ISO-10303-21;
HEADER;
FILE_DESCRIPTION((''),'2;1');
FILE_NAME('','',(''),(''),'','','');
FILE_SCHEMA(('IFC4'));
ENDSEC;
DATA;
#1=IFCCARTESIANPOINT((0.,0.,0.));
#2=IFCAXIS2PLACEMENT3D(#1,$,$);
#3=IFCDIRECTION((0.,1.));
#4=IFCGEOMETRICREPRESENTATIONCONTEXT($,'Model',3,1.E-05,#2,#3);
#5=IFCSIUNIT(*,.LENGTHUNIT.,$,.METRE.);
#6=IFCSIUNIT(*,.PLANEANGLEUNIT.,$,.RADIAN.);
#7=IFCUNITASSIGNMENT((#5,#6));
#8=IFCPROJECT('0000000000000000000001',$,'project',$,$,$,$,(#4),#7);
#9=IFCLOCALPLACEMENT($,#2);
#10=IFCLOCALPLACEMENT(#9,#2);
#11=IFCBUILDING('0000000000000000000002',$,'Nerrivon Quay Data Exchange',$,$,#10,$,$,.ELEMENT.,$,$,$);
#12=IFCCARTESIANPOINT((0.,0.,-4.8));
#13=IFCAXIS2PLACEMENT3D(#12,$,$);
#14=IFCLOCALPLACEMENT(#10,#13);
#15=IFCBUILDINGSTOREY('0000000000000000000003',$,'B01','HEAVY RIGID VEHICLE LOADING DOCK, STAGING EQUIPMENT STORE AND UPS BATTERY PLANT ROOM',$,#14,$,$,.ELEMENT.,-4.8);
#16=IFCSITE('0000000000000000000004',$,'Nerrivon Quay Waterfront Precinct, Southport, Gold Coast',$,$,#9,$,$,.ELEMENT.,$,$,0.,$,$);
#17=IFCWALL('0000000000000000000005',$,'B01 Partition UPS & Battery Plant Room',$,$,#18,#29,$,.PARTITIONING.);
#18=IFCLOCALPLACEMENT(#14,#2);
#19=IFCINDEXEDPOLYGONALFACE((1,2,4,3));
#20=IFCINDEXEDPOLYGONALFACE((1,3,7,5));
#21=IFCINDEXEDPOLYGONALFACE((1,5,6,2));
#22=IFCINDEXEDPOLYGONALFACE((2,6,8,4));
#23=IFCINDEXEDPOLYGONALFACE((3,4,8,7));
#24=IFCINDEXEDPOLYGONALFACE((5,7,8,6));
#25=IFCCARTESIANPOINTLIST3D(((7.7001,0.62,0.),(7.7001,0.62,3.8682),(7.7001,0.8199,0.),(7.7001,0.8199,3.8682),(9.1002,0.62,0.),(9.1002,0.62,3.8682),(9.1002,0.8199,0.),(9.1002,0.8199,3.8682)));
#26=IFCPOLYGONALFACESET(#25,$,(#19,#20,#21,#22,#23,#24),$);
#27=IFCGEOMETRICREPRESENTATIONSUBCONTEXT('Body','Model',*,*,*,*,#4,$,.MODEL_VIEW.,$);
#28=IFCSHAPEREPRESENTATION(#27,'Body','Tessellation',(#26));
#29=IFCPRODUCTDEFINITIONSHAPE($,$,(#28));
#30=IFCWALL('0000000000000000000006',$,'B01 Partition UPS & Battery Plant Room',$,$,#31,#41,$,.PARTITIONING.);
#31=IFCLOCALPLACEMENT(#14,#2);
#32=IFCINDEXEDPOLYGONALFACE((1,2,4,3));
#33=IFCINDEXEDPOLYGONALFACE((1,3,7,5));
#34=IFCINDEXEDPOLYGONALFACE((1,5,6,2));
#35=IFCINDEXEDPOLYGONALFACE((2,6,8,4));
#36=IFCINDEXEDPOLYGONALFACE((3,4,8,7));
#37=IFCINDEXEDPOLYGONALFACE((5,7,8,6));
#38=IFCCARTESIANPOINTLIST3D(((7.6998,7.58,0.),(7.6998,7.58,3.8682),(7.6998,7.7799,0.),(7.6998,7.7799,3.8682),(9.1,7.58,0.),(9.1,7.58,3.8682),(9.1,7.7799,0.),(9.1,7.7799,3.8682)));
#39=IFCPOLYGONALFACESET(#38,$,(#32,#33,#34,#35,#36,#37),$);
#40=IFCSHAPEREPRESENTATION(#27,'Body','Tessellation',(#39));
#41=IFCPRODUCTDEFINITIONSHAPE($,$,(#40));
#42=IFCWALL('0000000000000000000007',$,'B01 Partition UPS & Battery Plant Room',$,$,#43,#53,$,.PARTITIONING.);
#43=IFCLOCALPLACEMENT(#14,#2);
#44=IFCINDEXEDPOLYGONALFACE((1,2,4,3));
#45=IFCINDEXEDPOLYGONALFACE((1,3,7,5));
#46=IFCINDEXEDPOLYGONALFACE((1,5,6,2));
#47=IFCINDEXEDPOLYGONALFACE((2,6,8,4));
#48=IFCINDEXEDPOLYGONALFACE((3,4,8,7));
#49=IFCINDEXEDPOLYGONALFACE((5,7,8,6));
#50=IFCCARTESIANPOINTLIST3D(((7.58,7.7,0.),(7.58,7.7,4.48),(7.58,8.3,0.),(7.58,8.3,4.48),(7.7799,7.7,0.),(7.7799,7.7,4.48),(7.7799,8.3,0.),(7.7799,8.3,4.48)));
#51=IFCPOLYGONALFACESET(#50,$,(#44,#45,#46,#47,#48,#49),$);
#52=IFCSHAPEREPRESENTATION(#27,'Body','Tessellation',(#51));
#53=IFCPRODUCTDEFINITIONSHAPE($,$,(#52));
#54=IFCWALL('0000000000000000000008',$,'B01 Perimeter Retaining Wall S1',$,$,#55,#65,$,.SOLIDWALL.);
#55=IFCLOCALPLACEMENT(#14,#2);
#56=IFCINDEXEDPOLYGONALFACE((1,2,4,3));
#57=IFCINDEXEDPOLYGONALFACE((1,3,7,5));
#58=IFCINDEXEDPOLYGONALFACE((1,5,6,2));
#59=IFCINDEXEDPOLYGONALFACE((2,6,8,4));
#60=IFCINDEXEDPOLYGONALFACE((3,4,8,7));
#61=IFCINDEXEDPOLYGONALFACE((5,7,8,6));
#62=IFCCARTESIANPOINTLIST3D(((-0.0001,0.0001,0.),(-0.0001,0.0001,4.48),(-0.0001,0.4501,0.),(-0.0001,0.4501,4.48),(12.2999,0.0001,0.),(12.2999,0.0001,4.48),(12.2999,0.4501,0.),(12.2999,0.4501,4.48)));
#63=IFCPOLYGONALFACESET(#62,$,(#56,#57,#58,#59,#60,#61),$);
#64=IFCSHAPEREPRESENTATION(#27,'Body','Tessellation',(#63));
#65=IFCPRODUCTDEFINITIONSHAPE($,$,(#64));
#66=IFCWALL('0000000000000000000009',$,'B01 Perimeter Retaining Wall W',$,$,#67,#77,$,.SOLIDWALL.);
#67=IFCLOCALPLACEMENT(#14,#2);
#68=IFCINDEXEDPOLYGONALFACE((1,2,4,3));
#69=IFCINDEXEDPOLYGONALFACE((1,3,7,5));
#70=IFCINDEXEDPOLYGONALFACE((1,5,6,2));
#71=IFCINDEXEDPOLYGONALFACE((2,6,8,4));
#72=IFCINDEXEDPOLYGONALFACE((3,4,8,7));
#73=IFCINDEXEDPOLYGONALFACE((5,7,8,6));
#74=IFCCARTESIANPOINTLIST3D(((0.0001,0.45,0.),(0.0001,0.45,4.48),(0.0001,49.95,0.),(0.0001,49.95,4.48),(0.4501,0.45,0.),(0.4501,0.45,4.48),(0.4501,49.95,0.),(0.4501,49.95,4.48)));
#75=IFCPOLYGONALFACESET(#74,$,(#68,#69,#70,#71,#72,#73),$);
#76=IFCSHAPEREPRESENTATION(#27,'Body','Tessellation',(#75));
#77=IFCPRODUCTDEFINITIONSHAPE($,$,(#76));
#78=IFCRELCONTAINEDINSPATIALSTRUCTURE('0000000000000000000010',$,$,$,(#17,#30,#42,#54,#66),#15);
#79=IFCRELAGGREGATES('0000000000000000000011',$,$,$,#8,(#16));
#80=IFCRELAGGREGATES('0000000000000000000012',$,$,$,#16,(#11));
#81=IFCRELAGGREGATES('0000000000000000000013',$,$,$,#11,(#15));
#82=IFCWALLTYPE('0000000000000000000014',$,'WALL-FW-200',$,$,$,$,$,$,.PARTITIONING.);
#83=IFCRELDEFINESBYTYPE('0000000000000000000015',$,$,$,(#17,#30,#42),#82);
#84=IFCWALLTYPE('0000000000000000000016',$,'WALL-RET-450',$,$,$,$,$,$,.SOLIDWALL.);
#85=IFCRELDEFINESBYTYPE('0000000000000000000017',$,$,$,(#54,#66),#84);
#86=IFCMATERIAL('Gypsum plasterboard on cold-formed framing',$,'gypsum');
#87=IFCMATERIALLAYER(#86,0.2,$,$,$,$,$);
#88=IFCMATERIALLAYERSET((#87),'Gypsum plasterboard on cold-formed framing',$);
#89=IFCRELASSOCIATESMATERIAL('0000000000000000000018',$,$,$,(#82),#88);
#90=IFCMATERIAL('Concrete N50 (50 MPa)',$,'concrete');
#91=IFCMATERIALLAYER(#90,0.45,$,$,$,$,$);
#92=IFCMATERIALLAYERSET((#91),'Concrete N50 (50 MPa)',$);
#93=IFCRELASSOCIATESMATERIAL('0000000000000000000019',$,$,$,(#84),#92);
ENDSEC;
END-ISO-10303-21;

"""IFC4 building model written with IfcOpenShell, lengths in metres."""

from ifc_helpers import new_model, si_unit, direction, frame, frame_2d, origin, place, context, subcontext, project, spatial, rectangle, extrude, material, layer, layer_set, type_object, element, save


model = new_model("IFC4")

# Units and contexts
model_context = context("Model", 3, precision=1e-05, world=origin(), true_north=direction((0.0, 1.0)))
body_context = subcontext(model_context, "Body", "Model", "MODEL_VIEW")
ifc_project = project(units=[si_unit("LENGTHUNIT", "METRE"), si_unit("PLANEANGLEUNIT", "RADIAN")], contexts=[model_context])

# Site, building, storey
site_placement = place(None, origin())
site = spatial("IfcSite", under=ifc_project, at=site_placement, Name="Nerrivon Quay Waterfront Precinct, Southport, Gold Coast", CompositionType="ELEMENT", RefElevation=0.0)
building_placement = place(site_placement, origin())
building = spatial("IfcBuilding", under=site, at=building_placement, Name="Nerrivon Quay Data Exchange", CompositionType="ELEMENT")
storey_placement = place(building_placement, frame((0.0, 0.0, -4.8)))
storey = spatial("IfcBuildingStorey", under=building, at=storey_placement, Name="B01", Description="HEAVY RIGID VEHICLE LOADING DOCK, STAGING EQUIPMENT STORE AND UPS BATTERY PLANT ROOM", CompositionType="ELEMENT", Elevation=-4.8)

# Shared definitions
ifc_material_1 = material(Name="Concrete N50 (50 MPa)", Category="concrete")

# Walls
ifc_material_2 = material(Name="Gypsum plasterboard on cold-formed framing", Category="gypsum")
ifc_layer_1 = layer(ifc_material_2, 0.2)
ifc_layer_set_1 = layer_set([ifc_layer_1], Name="Gypsum plasterboard on cold-formed framing")
wall_type_1 = type_object("IfcWallType", Name="WALL-FW-200", PredefinedType="PARTITIONING", material=ifc_layer_set_1)
for number, where, z_axis, x_axis, name in (
    (1, (7.7, 0.72, 0.0), (0.0, 0.0, 1.0), (1.0, 0.0, 0.0), "B01 Partition UPS & Battery Plant Room"),
    (2, (9.1001, 7.6799, 0.0), (0.0, 0.0, 1.0), (-1.0, 0.0, 0.0), "B01 Partition UPS & Battery Plant Room"),
):
    element("IfcWall", number, at=place(storey_placement, frame(where, z_axis=z_axis, x_axis=x_axis)), inside=storey, type_object=wall_type_1, Name=name, PredefinedType="PARTITIONING", context=body_context, shape_type="SweptSolid", body=[
        extrude(rectangle(XDim=1.4001, YDim=0.2, at=frame_2d((0.7002, 0.0))), origin(), (0.0, 0.0, 1.0), 3.8682),
    ])
wall_1_placement = place(storey_placement, frame((7.6799, 7.7, 0.0), z_axis=(0.0, 0.0, 1.0), x_axis=(0.0, 1.0, 0.0)))
element("IfcWall", 3, at=wall_1_placement, inside=storey, type_object=wall_type_1, Name="B01 Partition UPS & Battery Plant Room", PredefinedType="PARTITIONING", context=body_context, shape_type="SweptSolid", body=[
    extrude(rectangle(XDim=0.6001, YDim=0.2, at=frame_2d((0.3, 0.0))), origin(), (0.0, 0.0, 1.0), 4.48),
])
ifc_layer_2 = layer(ifc_material_1, 0.45)
ifc_layer_set_2 = layer_set([ifc_layer_2], Name="Concrete N50 (50 MPa)")
wall_type_2 = type_object("IfcWallType", Name="WALL-RET-450", PredefinedType="SOLIDWALL", material=ifc_layer_set_2)
wall_2_placement = place(storey_placement, frame((0.0, 0.2251, 0.0), z_axis=(0.0, 0.0, 1.0), x_axis=(1.0, 0.0, 0.0)))
element("IfcWall", 4, at=wall_2_placement, inside=storey, type_object=wall_type_2, Name="B01 Perimeter Retaining Wall S1", PredefinedType="SOLIDWALL", context=body_context, shape_type="SweptSolid", body=[
    extrude(rectangle(XDim=12.3, YDim=0.45, at=frame_2d((6.1499, 0.0))), origin(), (0.0, 0.0, 1.0), 4.48),
])
wall_3_placement = place(storey_placement, frame((0.2251, 0.45, 0.0), z_axis=(0.0, 0.0, 1.0), x_axis=(0.0, 1.0, 0.0)))
element("IfcWall", 5, at=wall_3_placement, inside=storey, type_object=wall_type_2, Name="B01 Perimeter Retaining Wall W", PredefinedType="SOLIDWALL", context=body_context, shape_type="SweptSolid", body=[
    extrude(rectangle(XDim=49.5, YDim=0.45, at=frame_2d((24.75, 0.0))), origin(), (0.0, 0.0, 1.0), 4.48),
])

save(model, "model.ifc")
